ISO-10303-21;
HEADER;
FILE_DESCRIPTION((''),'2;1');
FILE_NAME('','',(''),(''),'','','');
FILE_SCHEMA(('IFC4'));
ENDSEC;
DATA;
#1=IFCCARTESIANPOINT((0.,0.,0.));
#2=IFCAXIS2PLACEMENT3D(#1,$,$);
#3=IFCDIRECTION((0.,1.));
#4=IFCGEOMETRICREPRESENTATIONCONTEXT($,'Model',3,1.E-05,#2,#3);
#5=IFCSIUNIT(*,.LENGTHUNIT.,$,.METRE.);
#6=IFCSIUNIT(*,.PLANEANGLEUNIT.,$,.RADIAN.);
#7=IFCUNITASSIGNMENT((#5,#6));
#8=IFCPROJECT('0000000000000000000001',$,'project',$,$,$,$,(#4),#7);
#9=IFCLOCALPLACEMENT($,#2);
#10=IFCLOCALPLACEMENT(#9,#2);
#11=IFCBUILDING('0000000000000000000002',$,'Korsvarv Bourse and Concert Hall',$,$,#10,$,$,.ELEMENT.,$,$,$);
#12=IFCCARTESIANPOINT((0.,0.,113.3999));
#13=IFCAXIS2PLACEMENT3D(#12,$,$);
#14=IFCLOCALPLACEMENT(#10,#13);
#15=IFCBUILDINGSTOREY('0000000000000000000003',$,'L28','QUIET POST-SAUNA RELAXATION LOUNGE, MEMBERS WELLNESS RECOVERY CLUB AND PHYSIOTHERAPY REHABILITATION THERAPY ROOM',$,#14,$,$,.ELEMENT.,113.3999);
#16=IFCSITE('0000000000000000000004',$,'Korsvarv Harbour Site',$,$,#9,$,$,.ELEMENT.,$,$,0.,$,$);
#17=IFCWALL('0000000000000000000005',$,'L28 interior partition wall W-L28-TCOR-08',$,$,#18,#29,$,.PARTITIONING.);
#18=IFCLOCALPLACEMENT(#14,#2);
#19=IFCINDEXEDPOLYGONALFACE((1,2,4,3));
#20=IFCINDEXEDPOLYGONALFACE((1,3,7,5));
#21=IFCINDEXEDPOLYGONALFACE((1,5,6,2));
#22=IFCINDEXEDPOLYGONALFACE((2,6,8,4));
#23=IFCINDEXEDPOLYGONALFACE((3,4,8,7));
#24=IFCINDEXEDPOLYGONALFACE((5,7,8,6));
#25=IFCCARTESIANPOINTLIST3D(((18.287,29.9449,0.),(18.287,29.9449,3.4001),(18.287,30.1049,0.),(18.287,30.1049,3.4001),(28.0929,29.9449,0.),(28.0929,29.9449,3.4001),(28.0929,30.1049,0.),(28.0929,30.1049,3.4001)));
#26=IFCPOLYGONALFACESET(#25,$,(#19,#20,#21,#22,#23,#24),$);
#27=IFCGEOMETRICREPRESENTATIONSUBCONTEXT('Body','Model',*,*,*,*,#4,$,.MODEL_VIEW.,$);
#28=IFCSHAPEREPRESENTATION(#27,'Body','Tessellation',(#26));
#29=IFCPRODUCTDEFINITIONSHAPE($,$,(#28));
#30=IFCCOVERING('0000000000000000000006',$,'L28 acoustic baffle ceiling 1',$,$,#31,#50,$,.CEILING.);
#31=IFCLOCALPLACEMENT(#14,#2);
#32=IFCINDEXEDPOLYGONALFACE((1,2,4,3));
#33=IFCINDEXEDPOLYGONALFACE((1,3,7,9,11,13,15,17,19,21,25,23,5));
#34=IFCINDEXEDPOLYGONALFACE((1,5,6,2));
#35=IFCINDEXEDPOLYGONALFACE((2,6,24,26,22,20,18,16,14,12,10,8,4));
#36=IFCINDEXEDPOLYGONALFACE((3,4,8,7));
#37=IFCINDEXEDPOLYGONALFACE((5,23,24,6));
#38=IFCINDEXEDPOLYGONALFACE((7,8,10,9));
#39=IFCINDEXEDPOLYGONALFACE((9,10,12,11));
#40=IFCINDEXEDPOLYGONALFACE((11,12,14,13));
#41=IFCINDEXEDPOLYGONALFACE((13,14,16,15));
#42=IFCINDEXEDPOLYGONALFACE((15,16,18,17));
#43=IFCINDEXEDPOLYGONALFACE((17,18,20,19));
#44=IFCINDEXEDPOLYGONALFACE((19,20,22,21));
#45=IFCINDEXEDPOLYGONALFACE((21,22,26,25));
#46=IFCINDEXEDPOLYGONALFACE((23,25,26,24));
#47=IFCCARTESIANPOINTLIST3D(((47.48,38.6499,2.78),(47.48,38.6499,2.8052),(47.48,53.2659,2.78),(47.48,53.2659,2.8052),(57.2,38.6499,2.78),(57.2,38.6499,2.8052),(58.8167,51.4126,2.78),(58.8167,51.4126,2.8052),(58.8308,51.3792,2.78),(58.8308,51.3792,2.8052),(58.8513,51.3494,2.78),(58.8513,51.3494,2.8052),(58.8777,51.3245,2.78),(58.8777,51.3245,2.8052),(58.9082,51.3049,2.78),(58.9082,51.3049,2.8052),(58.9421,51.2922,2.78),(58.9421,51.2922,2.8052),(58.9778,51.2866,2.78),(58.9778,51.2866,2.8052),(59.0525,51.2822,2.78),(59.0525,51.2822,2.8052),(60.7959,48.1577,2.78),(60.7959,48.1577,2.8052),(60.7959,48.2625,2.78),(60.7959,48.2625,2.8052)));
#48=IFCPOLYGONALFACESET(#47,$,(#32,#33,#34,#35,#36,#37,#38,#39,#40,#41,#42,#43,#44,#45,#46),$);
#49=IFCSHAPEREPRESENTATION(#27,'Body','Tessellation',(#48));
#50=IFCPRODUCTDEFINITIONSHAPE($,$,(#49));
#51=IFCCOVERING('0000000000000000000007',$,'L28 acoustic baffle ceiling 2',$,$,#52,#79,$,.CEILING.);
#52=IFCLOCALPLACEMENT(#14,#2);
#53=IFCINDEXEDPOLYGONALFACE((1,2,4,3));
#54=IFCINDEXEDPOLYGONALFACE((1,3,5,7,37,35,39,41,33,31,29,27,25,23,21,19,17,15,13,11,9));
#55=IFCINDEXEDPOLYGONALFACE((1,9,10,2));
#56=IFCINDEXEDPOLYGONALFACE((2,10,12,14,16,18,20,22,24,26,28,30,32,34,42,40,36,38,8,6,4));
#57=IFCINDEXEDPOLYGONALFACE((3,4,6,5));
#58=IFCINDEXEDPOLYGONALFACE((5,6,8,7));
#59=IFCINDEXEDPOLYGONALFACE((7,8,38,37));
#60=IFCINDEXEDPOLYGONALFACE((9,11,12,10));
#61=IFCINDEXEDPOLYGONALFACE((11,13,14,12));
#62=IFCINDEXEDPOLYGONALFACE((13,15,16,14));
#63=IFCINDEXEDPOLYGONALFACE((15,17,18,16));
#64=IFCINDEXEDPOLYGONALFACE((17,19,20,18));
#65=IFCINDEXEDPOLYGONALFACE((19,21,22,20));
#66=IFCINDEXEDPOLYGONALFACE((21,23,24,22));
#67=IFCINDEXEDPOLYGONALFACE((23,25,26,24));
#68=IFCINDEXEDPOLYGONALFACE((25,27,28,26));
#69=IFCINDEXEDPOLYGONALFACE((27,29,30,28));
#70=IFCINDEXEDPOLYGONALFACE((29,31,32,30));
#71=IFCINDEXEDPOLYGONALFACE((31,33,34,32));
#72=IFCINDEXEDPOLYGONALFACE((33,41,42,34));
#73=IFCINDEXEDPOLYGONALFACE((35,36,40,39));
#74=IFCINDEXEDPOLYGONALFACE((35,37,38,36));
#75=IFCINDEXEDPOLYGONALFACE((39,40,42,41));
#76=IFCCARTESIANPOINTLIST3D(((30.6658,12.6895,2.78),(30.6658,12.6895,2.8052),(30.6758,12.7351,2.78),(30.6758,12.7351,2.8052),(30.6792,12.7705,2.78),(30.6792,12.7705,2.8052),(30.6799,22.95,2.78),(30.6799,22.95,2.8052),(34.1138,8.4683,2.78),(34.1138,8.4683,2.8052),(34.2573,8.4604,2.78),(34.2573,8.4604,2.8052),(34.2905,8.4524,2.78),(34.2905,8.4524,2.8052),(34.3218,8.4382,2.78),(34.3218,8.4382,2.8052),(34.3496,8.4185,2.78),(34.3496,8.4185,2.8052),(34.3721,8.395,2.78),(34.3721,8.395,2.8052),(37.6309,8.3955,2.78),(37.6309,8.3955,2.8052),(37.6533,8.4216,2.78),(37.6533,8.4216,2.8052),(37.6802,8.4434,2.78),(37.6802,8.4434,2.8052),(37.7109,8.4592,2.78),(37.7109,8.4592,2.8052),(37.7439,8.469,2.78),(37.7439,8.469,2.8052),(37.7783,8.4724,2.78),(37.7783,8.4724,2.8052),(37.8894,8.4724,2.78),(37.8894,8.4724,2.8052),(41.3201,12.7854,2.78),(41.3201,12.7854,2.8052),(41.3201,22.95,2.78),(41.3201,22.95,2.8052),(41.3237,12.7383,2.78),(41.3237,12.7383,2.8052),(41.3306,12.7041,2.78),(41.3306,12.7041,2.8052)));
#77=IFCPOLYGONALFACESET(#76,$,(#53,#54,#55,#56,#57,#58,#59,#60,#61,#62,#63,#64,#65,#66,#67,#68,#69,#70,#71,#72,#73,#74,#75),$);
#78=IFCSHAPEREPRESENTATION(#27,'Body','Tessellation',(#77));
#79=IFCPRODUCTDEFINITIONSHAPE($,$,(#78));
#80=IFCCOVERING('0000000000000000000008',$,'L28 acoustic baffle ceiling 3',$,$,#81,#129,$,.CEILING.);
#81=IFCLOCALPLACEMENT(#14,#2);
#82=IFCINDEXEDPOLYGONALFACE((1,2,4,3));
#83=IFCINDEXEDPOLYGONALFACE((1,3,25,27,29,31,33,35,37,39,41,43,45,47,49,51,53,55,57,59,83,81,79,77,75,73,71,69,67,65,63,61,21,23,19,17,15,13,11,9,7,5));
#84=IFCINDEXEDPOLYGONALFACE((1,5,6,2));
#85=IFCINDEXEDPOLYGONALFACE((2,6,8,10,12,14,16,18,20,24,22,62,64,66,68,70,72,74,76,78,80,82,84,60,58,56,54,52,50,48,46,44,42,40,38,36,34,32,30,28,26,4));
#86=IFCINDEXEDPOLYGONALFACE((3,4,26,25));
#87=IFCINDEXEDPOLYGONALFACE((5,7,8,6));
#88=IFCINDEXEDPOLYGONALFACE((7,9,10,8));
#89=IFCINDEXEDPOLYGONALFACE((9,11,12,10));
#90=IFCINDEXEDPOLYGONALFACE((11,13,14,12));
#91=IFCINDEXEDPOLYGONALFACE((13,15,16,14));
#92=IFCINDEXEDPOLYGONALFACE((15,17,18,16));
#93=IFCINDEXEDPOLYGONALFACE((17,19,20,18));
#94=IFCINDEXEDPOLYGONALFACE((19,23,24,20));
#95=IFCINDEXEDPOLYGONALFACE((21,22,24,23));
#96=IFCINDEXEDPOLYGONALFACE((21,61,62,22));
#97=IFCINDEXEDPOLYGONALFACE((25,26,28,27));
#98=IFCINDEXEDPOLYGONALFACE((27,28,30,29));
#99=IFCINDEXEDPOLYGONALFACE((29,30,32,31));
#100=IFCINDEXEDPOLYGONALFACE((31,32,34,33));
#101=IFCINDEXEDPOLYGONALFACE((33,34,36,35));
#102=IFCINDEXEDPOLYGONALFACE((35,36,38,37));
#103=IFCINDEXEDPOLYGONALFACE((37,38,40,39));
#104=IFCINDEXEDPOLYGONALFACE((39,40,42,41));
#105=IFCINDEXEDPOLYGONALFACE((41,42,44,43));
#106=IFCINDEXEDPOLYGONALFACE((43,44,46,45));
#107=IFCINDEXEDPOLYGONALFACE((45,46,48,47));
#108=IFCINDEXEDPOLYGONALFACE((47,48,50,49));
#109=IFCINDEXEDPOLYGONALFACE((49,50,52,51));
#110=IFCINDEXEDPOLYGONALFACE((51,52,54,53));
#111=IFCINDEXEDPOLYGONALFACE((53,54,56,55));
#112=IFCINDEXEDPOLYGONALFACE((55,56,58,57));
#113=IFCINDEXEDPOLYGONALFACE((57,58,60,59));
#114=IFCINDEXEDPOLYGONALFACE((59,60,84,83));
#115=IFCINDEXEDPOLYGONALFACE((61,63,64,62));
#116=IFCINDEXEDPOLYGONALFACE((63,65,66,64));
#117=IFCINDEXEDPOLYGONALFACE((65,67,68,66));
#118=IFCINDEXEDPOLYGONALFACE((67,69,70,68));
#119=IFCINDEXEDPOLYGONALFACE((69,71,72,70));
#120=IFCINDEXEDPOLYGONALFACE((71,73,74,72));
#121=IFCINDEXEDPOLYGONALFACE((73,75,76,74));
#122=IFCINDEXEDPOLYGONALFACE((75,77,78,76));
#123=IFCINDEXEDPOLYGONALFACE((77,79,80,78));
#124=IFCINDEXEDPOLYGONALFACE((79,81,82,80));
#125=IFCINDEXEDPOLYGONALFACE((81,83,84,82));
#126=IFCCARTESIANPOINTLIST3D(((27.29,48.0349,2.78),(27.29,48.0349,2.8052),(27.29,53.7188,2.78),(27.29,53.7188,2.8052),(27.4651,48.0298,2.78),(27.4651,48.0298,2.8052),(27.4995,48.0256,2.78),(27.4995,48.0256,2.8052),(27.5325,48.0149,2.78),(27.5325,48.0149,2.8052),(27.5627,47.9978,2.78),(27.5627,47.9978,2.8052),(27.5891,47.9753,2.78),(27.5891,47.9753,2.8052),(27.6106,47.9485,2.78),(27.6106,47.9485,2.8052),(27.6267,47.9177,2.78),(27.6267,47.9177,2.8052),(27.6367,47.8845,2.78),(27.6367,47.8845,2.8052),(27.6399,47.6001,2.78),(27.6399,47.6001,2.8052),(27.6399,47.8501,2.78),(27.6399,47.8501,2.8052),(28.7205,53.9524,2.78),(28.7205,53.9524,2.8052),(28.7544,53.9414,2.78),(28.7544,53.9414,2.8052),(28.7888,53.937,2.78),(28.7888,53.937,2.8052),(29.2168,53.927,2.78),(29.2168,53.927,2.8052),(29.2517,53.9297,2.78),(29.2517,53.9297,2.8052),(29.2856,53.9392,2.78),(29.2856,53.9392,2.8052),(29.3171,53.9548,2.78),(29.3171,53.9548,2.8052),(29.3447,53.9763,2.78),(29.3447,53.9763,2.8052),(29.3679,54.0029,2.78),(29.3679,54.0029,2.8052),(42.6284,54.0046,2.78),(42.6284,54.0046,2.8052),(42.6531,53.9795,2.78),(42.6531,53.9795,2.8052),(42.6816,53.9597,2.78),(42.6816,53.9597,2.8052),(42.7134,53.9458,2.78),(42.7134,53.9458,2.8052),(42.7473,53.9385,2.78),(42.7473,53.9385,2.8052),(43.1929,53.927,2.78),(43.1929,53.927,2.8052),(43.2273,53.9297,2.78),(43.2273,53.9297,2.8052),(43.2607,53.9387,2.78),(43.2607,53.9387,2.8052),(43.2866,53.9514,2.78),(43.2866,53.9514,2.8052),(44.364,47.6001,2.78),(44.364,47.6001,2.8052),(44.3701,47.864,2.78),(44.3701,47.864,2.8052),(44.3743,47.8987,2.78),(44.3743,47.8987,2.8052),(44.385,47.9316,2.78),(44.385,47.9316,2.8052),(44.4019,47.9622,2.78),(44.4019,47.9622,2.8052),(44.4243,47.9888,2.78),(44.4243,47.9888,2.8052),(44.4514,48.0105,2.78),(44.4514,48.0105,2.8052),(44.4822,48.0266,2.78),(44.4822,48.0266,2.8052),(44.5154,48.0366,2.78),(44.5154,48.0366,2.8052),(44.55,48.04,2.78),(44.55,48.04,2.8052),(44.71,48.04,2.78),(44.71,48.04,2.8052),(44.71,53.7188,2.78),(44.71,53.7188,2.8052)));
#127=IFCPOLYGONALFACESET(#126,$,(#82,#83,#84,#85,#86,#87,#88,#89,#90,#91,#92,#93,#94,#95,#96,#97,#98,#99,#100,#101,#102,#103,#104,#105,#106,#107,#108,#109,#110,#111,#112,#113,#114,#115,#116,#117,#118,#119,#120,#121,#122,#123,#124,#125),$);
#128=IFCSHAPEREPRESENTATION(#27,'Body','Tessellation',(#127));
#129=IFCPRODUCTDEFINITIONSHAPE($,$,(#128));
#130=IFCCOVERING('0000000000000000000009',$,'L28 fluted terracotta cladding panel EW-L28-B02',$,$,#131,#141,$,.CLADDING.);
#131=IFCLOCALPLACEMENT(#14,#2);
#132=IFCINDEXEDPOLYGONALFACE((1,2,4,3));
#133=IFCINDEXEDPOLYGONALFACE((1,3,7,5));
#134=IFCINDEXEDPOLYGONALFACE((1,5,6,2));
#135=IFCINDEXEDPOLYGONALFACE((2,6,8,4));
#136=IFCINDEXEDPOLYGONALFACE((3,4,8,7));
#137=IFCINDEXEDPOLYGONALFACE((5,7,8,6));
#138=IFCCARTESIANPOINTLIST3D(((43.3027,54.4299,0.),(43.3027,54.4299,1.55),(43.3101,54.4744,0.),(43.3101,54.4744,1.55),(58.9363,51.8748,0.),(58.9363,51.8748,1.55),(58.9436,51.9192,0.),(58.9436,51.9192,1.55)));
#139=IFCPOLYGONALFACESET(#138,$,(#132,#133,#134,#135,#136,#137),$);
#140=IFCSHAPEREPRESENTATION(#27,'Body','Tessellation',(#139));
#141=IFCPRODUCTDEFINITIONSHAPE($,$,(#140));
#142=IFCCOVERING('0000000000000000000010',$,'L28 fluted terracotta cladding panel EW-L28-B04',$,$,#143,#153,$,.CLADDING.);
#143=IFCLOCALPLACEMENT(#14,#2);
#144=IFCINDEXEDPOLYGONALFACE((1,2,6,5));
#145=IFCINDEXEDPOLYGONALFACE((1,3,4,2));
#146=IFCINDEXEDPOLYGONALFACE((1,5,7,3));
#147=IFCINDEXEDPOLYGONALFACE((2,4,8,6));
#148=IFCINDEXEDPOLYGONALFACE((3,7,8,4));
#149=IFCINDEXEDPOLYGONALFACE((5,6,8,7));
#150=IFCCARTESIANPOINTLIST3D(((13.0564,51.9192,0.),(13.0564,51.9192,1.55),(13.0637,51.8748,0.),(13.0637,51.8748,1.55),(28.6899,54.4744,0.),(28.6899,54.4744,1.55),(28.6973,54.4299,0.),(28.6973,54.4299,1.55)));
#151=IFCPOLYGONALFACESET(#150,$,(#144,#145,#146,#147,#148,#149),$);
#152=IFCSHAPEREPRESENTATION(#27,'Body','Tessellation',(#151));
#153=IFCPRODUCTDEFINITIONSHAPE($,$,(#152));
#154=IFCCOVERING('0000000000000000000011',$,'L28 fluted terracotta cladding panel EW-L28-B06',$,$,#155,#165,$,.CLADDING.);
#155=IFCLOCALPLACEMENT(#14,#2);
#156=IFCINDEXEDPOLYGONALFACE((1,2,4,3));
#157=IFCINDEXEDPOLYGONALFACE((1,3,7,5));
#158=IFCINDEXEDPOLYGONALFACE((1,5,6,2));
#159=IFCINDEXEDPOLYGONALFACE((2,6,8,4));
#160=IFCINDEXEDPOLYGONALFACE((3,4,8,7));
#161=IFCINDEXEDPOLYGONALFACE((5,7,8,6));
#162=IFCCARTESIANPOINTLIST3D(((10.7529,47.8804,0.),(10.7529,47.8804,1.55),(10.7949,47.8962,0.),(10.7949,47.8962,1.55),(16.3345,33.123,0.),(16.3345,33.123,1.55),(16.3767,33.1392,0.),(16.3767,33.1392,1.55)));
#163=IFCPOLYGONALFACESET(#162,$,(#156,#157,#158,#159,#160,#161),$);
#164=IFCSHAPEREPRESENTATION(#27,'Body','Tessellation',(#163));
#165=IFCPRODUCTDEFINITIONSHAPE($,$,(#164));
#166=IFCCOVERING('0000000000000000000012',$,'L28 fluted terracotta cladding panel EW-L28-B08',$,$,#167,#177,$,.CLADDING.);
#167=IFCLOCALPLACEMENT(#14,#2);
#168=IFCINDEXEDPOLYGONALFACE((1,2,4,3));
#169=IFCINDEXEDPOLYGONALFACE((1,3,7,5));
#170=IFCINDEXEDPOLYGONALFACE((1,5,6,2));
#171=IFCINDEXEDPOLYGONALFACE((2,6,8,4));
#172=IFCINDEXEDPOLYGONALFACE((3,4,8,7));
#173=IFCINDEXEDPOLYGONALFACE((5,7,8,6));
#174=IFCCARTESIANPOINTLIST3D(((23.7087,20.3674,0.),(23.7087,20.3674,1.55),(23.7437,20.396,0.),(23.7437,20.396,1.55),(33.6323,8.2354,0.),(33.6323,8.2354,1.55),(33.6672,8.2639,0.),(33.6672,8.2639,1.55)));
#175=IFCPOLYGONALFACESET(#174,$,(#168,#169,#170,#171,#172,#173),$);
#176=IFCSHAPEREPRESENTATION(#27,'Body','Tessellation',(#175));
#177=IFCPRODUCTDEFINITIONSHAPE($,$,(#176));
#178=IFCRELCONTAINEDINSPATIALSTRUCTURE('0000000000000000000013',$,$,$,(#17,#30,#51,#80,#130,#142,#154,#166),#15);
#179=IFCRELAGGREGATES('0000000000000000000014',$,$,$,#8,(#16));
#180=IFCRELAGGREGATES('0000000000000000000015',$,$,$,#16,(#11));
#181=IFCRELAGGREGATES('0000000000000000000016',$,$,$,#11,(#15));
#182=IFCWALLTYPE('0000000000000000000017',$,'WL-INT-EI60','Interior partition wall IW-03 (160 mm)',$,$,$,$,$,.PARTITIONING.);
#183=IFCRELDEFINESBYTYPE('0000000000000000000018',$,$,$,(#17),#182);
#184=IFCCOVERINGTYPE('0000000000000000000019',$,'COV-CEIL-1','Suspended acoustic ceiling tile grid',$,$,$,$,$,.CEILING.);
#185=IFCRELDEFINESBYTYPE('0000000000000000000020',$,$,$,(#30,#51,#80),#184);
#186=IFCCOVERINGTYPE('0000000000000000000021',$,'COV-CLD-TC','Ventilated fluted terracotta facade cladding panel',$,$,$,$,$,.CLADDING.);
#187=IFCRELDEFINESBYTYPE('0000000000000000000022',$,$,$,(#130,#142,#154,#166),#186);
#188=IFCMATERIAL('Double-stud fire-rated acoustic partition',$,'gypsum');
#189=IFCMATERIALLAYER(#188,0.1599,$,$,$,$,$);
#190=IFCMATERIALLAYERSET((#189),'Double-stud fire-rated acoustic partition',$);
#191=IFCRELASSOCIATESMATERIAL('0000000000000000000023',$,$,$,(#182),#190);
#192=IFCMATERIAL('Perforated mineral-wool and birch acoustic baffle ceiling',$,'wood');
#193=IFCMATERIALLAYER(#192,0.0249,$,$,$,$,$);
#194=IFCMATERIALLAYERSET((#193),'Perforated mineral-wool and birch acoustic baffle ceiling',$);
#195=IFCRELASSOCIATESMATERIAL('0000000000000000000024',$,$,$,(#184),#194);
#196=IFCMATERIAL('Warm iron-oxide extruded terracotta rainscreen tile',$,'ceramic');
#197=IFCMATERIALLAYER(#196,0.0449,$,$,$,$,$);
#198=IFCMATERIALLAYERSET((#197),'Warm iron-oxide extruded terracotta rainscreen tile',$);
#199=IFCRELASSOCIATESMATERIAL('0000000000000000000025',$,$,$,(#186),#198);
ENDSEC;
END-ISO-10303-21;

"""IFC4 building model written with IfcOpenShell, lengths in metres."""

from ifc_helpers import new_model, si_unit, direction, frame, frame_2d, origin, place, context, subcontext, project, spatial, polyline, rectangle, outline, extrude, material, layer, layer_set, type_object, element, save


model = new_model("IFC4")

# Units and contexts
model_context = context("Model", 3, precision=1e-05, world=origin(), true_north=direction((0.0, 1.0)))
body_context = subcontext(model_context, "Body", "Model", "MODEL_VIEW")
ifc_project = project(units=[si_unit("LENGTHUNIT", "METRE"), si_unit("PLANEANGLEUNIT", "RADIAN")], contexts=[model_context])

# Site, building, storey
site_placement = place(None, origin())
site = spatial("IfcSite", under=ifc_project, at=site_placement, Name="Korsvarv Harbour Site", CompositionType="ELEMENT", RefElevation=0.0)
building_placement = place(site_placement, origin())
building = spatial("IfcBuilding", under=site, at=building_placement, Name="Korsvarv Bourse and Concert Hall", CompositionType="ELEMENT")
storey_placement = place(building_placement, frame((0.0, 0.0, 113.3999)))
storey = spatial("IfcBuildingStorey", under=building, at=storey_placement, Name="L28", Description="QUIET POST-SAUNA RELAXATION LOUNGE, MEMBERS WELLNESS RECOVERY CLUB AND PHYSIOTHERAPY REHABILITATION THERAPY ROOM", CompositionType="ELEMENT", Elevation=113.3999)

# Wall
ifc_material_1 = material(Name="Double-stud fire-rated acoustic partition", Category="gypsum")
ifc_layer_1 = layer(ifc_material_1, 0.1599)
ifc_layer_set_1 = layer_set([ifc_layer_1], Name="Double-stud fire-rated acoustic partition")
wall_type = type_object("IfcWallType", Name="WL-INT-EI60", Description="Interior partition wall IW-03 (160 mm)", PredefinedType="PARTITIONING", material=ifc_layer_set_1)
wall_placement = place(storey_placement, frame((18.2871, 30.0249, 0.0), z_axis=(0.0, 0.0, 1.0), x_axis=(1.0, 0.0, 0.0)))
element("IfcWall", 1, at=wall_placement, inside=storey, type_object=wall_type, Name="L28 interior partition wall W-L28-TCOR-08", PredefinedType="PARTITIONING", context=body_context, shape_type="SweptSolid", body=[
    extrude(rectangle(XDim=9.8059, YDim=0.1599, at=frame_2d((4.9028, 0.0))), origin(), (0.0, 0.0, 1.0), 3.4001),
])

# Coverings
ifc_material_2 = material(Name="Perforated mineral-wool and birch acoustic baffle ceiling", Category="wood")
ifc_layer_2 = layer(ifc_material_2, 0.0249)
ifc_layer_set_2 = layer_set([ifc_layer_2], Name="Perforated mineral-wool and birch acoustic baffle ceiling")
covering_type_1 = type_object("IfcCoveringType", Name="COV-CEIL-1", Description="Suspended acoustic ceiling tile grid", PredefinedType="CEILING", material=ifc_layer_set_2)
covering_1_placement = place(storey_placement, frame((0.0, 0.0, 2.78)))
element("IfcCovering", 2, at=covering_1_placement, inside=storey, type_object=covering_type_1, Name="L28 acoustic baffle ceiling 1", PredefinedType="CEILING", context=body_context, shape_type="SweptSolid", body=[
    extrude(outline(polyline([(58.8167, 51.4126), (58.8308, 51.3792), (58.8513, 51.3494), (58.8777, 51.3245), (58.9082, 51.3049), (58.9421, 51.2922), (58.9778, 51.2866), (59.0525, 51.2822), (60.7959, 48.2625), (60.7959, 48.1577), (57.2, 38.6499), (47.48, 38.6499), (47.48, 53.2659), (58.8167, 51.4126)])), origin(), (0.0, 0.0, 1.0), 0.0251),
])
covering_2_placement = place(storey_placement, frame((0.0, 0.0, 2.78)))
element("IfcCovering", 3, at=covering_2_placement, inside=storey, type_object=covering_type_1, Name="L28 acoustic baffle ceiling 2", PredefinedType="CEILING", context=body_context, shape_type="SweptSolid", body=[
    extrude(outline(polyline([(30.6658, 12.6895), (30.6758, 12.7351), (30.6792, 12.7705), (30.6799, 22.95), (41.3201, 22.95), (41.3201, 12.7854), (41.3237, 12.7383), (41.3306, 12.7041), (37.8894, 8.4724), (37.7783, 8.4724), (37.7439, 8.469), (37.7109, 8.4592), (37.6802, 8.4434), (37.6533, 8.4216), (37.6309, 8.3955), (34.3721, 8.395), (34.3496, 8.4185), (34.3218, 8.4382), (34.2905, 8.4524), (34.2573, 8.4604), (34.1138, 8.4683), (30.6658, 12.6895)])), origin(), (0.0, 0.0, 1.0), 0.0251),
])
covering_3_placement = place(storey_placement, frame((0.0, 0.0, 2.78)))
element("IfcCovering", 4, at=covering_3_placement, inside=storey, type_object=covering_type_1, Name="L28 acoustic baffle ceiling 3", PredefinedType="CEILING", context=body_context, shape_type="SweptSolid", body=[
    extrude(outline(polyline([(28.7205, 53.9524), (28.7544, 53.9414), (28.7888, 53.937), (29.2168, 53.927), (29.2517, 53.9297), (29.2856, 53.9392), (29.3171, 53.9548), (29.3447, 53.9763), (29.3679, 54.0029), (42.6284, 54.0046), (42.6531, 53.9795), (42.6816, 53.9597), (42.7134, 53.9458), (42.7473, 53.9385), (43.1929, 53.927), (43.2273, 53.9297), (43.2607, 53.9387), (43.2866, 53.9514), (44.71, 53.7188), (44.71, 48.04), (44.55, 48.04), (44.5154, 48.0366), (44.4822, 48.0266), (44.4514, 48.0105), (44.4243, 47.9888), (44.4019, 47.9622), (44.385, 47.9316), (44.3743, 47.8987), (44.3701, 47.864), (44.364, 47.6001), (27.6399, 47.6001), (27.6399, 47.8501), (27.6367, 47.8845), (27.6267, 47.9177), (27.6106, 47.9485), (27.5891, 47.9753), (27.5627, 47.9978), (27.5325, 48.0149), (27.4995, 48.0256), (27.4651, 48.0298), (27.29, 48.0349), (27.29, 53.7188), (28.7205, 53.9524)])), origin(), (0.0, 0.0, 1.0), 0.0251),
])
ifc_material_3 = material(Name="Warm iron-oxide extruded terracotta rainscreen tile", Category="ceramic")
ifc_layer_3 = layer(ifc_material_3, 0.0449)
ifc_layer_set_3 = layer_set([ifc_layer_3], Name="Warm iron-oxide extruded terracotta rainscreen tile")
covering_type_2 = type_object("IfcCoveringType", Name="COV-CLD-TC", Description="Ventilated fluted terracotta facade cladding panel", PredefinedType="CLADDING", material=ifc_layer_set_3)
covering_4_placement = place(storey_placement, origin())
element("IfcCovering", 5, at=covering_4_placement, inside=storey, type_object=covering_type_2, Name="L28 fluted terracotta cladding panel EW-L28-B02", PredefinedType="CLADDING", context=body_context, shape_type="SweptSolid", body=[
    extrude(outline(polyline([(58.9363, 51.8748), (43.3027, 54.4299), (43.3101, 54.4744), (58.9436, 51.9192), (58.9363, 51.8748)])), origin(), (0.0, 0.0, 1.0), 1.55),
])
covering_5_placement = place(storey_placement, origin())
element("IfcCovering", 6, at=covering_5_placement, inside=storey, type_object=covering_type_2, Name="L28 fluted terracotta cladding panel EW-L28-B04", PredefinedType="CLADDING", context=body_context, shape_type="SweptSolid", body=[
    extrude(outline(polyline([(28.6973, 54.4299), (13.0637, 51.8748), (13.0564, 51.9192), (28.6899, 54.4744), (28.6973, 54.4299)])), origin(), (0.0, 0.0, 1.0), 1.55),
])
covering_6_placement = place(storey_placement, origin())
element("IfcCovering", 7, at=covering_6_placement, inside=storey, type_object=covering_type_2, Name="L28 fluted terracotta cladding panel EW-L28-B06", PredefinedType="CLADDING", context=body_context, shape_type="SweptSolid", body=[
    extrude(outline(polyline([(10.7949, 47.8962), (16.3767, 33.1392), (16.3345, 33.123), (10.7529, 47.8804), (10.7949, 47.8962)])), origin(), (0.0, 0.0, 1.0), 1.55),
])
covering_7_placement = place(storey_placement, origin())
element("IfcCovering", 8, at=covering_7_placement, inside=storey, type_object=covering_type_2, Name="L28 fluted terracotta cladding panel EW-L28-B08", PredefinedType="CLADDING", context=body_context, shape_type="SweptSolid", body=[
    extrude(outline(polyline([(23.7437, 20.396), (33.6672, 8.2639), (33.6323, 8.2354), (23.7087, 20.3674), (23.7437, 20.396)])), origin(), (0.0, 0.0, 1.0), 1.55),
])

save(model, "model.ifc")
